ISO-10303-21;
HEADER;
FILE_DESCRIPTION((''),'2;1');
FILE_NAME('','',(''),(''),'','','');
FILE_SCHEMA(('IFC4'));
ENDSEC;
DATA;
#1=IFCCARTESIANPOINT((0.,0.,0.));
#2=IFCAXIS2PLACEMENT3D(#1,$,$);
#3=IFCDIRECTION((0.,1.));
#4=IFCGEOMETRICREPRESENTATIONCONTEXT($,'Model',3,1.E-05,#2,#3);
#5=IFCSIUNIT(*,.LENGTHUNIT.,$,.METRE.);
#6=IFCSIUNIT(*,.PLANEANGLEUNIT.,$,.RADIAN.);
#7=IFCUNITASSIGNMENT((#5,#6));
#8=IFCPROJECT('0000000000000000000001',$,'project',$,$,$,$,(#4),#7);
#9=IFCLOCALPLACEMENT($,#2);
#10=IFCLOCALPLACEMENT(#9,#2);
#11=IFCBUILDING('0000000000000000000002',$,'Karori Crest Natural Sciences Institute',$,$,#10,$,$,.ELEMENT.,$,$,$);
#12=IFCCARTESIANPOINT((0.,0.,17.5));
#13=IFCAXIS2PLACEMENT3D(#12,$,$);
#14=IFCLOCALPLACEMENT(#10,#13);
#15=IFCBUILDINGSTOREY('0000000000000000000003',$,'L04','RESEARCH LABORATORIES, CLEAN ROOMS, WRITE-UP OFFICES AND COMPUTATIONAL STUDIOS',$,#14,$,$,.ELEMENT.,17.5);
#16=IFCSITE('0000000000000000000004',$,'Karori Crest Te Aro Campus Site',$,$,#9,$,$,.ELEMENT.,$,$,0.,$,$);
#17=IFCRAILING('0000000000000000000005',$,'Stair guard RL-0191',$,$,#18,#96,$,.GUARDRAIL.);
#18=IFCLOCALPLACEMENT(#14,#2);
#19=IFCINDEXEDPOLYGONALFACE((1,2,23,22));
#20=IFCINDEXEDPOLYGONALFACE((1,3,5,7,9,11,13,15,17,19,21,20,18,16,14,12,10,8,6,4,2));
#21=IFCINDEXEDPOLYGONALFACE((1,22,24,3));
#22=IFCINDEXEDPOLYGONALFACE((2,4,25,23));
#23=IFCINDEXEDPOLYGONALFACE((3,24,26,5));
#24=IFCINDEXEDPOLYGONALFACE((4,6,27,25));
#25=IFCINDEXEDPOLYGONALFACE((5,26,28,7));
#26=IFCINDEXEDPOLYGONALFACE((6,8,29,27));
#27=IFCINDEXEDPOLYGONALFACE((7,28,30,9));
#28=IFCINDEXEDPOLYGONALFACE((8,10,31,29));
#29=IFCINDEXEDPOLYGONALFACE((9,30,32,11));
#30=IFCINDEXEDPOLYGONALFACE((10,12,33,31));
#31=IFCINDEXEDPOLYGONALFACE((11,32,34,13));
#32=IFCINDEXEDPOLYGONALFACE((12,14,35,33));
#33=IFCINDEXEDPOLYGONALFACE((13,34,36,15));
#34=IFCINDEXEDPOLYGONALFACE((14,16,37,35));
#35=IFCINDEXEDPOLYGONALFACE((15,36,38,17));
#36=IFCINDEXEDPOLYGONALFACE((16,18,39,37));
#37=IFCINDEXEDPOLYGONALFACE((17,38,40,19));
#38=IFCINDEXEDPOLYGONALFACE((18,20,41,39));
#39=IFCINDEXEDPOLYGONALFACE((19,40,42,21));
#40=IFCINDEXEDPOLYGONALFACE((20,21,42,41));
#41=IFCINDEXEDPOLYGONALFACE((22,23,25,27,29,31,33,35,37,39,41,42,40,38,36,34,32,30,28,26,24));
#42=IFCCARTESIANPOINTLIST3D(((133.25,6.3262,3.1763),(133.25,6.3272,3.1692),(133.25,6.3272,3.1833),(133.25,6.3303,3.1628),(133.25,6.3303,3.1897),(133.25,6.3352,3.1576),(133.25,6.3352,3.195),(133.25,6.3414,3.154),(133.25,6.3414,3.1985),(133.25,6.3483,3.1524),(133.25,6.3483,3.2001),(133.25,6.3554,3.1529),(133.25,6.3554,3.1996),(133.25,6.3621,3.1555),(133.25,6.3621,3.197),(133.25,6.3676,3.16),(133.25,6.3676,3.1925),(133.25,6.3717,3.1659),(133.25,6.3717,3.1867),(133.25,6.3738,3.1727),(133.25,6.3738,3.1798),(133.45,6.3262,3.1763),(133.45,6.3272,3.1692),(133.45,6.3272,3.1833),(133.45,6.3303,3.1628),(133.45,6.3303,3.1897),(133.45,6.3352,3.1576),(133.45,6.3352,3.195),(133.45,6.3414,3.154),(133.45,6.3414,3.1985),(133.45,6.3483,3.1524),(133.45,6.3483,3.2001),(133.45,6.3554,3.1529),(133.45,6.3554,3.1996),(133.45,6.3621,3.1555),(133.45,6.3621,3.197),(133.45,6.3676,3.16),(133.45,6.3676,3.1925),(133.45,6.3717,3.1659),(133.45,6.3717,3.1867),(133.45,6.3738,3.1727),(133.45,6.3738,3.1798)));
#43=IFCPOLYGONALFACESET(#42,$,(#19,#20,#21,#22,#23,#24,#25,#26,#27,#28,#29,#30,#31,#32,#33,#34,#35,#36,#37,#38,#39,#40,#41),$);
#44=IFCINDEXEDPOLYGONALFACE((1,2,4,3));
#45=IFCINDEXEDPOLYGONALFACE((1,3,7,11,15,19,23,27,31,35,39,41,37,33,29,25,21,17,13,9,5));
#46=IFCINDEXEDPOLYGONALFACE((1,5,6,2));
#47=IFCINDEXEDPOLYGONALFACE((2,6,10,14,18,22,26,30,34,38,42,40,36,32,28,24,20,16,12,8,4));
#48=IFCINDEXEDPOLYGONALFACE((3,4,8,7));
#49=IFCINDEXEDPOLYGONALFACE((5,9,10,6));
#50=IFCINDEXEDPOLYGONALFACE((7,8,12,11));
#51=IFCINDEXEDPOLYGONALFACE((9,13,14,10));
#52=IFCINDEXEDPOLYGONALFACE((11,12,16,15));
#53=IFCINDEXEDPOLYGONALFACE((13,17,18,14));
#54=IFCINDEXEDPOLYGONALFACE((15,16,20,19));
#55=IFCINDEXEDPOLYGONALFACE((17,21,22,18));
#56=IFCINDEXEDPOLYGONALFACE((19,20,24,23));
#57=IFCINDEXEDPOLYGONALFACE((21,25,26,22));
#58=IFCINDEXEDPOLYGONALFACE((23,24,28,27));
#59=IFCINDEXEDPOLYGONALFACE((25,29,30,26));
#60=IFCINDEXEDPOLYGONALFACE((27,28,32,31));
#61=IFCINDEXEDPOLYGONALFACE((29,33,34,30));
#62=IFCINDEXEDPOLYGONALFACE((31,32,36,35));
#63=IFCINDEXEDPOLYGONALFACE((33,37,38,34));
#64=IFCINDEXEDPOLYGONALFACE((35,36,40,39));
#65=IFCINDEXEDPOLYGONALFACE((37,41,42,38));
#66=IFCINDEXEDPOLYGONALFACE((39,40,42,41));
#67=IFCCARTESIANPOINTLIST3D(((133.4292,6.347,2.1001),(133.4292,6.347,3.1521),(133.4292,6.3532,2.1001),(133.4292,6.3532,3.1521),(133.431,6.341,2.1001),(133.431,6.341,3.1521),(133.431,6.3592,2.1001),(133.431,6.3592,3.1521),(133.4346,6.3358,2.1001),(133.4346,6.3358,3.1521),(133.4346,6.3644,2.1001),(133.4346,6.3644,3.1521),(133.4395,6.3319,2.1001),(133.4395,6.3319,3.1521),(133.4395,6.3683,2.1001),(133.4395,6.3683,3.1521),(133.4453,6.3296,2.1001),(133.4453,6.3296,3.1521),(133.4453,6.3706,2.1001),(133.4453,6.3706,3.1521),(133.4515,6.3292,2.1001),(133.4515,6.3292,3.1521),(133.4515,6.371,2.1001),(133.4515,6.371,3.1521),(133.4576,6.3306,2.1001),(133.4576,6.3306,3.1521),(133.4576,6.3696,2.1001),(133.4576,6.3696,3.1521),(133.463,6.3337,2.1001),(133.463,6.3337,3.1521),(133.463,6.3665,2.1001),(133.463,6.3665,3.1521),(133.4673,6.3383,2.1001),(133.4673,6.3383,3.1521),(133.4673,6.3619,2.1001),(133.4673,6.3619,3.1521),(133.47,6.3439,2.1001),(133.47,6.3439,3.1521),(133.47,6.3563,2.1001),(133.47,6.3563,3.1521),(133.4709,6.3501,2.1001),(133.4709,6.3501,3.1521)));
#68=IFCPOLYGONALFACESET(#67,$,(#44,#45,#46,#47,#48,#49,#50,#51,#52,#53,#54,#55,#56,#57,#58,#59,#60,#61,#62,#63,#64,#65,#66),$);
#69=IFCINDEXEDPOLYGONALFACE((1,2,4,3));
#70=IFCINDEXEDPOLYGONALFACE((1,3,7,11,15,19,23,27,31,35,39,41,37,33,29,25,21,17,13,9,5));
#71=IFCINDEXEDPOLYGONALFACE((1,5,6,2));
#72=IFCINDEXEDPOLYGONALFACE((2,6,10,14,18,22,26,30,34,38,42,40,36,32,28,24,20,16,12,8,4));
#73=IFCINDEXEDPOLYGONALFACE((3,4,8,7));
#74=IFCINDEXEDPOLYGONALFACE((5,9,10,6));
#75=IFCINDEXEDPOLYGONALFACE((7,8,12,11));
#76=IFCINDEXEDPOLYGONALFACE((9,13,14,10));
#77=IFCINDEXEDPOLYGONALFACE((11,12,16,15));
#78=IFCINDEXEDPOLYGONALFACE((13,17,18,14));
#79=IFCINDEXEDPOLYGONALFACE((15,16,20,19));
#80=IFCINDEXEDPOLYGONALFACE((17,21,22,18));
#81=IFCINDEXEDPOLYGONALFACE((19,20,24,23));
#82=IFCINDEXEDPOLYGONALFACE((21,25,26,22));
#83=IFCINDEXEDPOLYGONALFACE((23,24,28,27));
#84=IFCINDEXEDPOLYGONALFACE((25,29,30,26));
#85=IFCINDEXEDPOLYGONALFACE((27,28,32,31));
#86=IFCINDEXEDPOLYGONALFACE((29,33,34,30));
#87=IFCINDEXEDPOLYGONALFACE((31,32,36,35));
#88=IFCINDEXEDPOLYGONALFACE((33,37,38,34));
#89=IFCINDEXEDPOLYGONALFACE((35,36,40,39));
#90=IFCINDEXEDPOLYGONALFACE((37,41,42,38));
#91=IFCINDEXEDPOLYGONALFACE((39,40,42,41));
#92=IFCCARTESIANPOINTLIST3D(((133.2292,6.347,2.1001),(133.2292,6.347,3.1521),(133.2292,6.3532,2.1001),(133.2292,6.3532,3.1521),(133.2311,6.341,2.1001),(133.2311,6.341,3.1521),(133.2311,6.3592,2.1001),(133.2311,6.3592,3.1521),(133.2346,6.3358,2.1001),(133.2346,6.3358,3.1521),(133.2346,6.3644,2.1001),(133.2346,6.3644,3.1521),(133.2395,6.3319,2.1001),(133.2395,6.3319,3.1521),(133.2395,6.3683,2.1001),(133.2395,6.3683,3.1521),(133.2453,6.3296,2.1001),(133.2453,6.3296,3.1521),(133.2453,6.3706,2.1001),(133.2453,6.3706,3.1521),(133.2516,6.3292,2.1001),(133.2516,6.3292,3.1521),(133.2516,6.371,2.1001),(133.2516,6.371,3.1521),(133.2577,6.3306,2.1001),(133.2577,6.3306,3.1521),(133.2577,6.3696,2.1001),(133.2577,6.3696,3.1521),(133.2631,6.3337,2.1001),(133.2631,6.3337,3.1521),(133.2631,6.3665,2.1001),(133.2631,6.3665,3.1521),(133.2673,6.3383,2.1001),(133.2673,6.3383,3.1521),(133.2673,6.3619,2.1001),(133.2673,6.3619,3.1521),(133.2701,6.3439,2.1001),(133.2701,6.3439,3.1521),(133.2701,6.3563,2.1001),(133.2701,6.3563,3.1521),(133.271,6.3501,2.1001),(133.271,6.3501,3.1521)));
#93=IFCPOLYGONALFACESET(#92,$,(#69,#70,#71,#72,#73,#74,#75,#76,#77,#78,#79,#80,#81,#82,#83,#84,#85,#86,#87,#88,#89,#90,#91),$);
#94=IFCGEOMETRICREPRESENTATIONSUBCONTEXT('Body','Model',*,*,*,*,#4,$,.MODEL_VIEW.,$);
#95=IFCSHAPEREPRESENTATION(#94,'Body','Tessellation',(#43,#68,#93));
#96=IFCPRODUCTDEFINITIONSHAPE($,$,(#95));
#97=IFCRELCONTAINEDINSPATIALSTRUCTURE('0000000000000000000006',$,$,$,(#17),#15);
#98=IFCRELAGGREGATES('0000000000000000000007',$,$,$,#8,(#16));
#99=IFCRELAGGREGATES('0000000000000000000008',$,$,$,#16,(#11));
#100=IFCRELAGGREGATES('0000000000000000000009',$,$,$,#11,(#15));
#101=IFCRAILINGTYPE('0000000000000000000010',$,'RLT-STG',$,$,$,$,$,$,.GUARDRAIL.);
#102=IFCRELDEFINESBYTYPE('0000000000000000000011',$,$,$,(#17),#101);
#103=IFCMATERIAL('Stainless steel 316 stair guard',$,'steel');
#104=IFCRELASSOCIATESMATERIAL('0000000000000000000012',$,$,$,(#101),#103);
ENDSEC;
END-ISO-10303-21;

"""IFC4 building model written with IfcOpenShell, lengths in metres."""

from ifc_helpers import new_model, si_unit, direction, frame, origin, origin_2d, place, context, subcontext, project, spatial, circle, extrude, material, type_object, element, save


model = new_model("IFC4")

# Units and contexts
model_context = context("Model", 3, precision=1e-05, world=origin(), true_north=direction((0.0, 1.0)))
body_context = subcontext(model_context, "Body", "Model", "MODEL_VIEW")
ifc_project = project(units=[si_unit("LENGTHUNIT", "METRE"), si_unit("PLANEANGLEUNIT", "RADIAN")], contexts=[model_context])

# Site, building, storey
site_placement = place(None, origin())
site = spatial("IfcSite", under=ifc_project, at=site_placement, Name="Karori Crest Te Aro Campus Site", CompositionType="ELEMENT", RefElevation=0.0)
building_placement = place(site_placement, origin())
building = spatial("IfcBuilding", under=site, at=building_placement, Name="Karori Crest Natural Sciences Institute", CompositionType="ELEMENT")
storey_placement = place(building_placement, frame((0.0, 0.0, 17.5)))
storey = spatial("IfcBuildingStorey", under=building, at=storey_placement, Name="L04", Description="RESEARCH LABORATORIES, CLEAN ROOMS, WRITE-UP OFFICES AND COMPUTATIONAL STUDIOS", CompositionType="ELEMENT", Elevation=17.5)

# Railing
ifc_material_1 = material(Name="Stainless steel 316 stair guard", Category="steel")
railing_type_1 = type_object("IfcRailingType", Name="RLT-STG", PredefinedType="GUARDRAIL", material=ifc_material_1)
railing_1_placement = place(storey_placement, frame((133.45, 6.3501, 2.1001)))
element("IfcRailing", 1, at=railing_1_placement, inside=storey, type_object=railing_type_1, Name="Stair guard RL-0191", PredefinedType="GUARDRAIL", context=body_context, shape_type="SweptSolid", body=[
    extrude(circle(Radius=0.0239, at=origin_2d()), frame((0.0, 0.0, 1.0762), z_axis=(-1.0, 0.0, 0.0), x_axis=(0.0, -1.0, 0.0)), (0.0, 0.0, 1.0), 0.2),
    extrude(circle(Radius=0.021, at=origin_2d()), origin(), (0.0, 0.0, 1.0), 1.052),
    extrude(circle(Radius=0.021, at=origin_2d()), frame((-0.2, 0.0, 0.0)), (0.0, 0.0, 1.0), 1.052),
])

save(model, "model.ifc")
